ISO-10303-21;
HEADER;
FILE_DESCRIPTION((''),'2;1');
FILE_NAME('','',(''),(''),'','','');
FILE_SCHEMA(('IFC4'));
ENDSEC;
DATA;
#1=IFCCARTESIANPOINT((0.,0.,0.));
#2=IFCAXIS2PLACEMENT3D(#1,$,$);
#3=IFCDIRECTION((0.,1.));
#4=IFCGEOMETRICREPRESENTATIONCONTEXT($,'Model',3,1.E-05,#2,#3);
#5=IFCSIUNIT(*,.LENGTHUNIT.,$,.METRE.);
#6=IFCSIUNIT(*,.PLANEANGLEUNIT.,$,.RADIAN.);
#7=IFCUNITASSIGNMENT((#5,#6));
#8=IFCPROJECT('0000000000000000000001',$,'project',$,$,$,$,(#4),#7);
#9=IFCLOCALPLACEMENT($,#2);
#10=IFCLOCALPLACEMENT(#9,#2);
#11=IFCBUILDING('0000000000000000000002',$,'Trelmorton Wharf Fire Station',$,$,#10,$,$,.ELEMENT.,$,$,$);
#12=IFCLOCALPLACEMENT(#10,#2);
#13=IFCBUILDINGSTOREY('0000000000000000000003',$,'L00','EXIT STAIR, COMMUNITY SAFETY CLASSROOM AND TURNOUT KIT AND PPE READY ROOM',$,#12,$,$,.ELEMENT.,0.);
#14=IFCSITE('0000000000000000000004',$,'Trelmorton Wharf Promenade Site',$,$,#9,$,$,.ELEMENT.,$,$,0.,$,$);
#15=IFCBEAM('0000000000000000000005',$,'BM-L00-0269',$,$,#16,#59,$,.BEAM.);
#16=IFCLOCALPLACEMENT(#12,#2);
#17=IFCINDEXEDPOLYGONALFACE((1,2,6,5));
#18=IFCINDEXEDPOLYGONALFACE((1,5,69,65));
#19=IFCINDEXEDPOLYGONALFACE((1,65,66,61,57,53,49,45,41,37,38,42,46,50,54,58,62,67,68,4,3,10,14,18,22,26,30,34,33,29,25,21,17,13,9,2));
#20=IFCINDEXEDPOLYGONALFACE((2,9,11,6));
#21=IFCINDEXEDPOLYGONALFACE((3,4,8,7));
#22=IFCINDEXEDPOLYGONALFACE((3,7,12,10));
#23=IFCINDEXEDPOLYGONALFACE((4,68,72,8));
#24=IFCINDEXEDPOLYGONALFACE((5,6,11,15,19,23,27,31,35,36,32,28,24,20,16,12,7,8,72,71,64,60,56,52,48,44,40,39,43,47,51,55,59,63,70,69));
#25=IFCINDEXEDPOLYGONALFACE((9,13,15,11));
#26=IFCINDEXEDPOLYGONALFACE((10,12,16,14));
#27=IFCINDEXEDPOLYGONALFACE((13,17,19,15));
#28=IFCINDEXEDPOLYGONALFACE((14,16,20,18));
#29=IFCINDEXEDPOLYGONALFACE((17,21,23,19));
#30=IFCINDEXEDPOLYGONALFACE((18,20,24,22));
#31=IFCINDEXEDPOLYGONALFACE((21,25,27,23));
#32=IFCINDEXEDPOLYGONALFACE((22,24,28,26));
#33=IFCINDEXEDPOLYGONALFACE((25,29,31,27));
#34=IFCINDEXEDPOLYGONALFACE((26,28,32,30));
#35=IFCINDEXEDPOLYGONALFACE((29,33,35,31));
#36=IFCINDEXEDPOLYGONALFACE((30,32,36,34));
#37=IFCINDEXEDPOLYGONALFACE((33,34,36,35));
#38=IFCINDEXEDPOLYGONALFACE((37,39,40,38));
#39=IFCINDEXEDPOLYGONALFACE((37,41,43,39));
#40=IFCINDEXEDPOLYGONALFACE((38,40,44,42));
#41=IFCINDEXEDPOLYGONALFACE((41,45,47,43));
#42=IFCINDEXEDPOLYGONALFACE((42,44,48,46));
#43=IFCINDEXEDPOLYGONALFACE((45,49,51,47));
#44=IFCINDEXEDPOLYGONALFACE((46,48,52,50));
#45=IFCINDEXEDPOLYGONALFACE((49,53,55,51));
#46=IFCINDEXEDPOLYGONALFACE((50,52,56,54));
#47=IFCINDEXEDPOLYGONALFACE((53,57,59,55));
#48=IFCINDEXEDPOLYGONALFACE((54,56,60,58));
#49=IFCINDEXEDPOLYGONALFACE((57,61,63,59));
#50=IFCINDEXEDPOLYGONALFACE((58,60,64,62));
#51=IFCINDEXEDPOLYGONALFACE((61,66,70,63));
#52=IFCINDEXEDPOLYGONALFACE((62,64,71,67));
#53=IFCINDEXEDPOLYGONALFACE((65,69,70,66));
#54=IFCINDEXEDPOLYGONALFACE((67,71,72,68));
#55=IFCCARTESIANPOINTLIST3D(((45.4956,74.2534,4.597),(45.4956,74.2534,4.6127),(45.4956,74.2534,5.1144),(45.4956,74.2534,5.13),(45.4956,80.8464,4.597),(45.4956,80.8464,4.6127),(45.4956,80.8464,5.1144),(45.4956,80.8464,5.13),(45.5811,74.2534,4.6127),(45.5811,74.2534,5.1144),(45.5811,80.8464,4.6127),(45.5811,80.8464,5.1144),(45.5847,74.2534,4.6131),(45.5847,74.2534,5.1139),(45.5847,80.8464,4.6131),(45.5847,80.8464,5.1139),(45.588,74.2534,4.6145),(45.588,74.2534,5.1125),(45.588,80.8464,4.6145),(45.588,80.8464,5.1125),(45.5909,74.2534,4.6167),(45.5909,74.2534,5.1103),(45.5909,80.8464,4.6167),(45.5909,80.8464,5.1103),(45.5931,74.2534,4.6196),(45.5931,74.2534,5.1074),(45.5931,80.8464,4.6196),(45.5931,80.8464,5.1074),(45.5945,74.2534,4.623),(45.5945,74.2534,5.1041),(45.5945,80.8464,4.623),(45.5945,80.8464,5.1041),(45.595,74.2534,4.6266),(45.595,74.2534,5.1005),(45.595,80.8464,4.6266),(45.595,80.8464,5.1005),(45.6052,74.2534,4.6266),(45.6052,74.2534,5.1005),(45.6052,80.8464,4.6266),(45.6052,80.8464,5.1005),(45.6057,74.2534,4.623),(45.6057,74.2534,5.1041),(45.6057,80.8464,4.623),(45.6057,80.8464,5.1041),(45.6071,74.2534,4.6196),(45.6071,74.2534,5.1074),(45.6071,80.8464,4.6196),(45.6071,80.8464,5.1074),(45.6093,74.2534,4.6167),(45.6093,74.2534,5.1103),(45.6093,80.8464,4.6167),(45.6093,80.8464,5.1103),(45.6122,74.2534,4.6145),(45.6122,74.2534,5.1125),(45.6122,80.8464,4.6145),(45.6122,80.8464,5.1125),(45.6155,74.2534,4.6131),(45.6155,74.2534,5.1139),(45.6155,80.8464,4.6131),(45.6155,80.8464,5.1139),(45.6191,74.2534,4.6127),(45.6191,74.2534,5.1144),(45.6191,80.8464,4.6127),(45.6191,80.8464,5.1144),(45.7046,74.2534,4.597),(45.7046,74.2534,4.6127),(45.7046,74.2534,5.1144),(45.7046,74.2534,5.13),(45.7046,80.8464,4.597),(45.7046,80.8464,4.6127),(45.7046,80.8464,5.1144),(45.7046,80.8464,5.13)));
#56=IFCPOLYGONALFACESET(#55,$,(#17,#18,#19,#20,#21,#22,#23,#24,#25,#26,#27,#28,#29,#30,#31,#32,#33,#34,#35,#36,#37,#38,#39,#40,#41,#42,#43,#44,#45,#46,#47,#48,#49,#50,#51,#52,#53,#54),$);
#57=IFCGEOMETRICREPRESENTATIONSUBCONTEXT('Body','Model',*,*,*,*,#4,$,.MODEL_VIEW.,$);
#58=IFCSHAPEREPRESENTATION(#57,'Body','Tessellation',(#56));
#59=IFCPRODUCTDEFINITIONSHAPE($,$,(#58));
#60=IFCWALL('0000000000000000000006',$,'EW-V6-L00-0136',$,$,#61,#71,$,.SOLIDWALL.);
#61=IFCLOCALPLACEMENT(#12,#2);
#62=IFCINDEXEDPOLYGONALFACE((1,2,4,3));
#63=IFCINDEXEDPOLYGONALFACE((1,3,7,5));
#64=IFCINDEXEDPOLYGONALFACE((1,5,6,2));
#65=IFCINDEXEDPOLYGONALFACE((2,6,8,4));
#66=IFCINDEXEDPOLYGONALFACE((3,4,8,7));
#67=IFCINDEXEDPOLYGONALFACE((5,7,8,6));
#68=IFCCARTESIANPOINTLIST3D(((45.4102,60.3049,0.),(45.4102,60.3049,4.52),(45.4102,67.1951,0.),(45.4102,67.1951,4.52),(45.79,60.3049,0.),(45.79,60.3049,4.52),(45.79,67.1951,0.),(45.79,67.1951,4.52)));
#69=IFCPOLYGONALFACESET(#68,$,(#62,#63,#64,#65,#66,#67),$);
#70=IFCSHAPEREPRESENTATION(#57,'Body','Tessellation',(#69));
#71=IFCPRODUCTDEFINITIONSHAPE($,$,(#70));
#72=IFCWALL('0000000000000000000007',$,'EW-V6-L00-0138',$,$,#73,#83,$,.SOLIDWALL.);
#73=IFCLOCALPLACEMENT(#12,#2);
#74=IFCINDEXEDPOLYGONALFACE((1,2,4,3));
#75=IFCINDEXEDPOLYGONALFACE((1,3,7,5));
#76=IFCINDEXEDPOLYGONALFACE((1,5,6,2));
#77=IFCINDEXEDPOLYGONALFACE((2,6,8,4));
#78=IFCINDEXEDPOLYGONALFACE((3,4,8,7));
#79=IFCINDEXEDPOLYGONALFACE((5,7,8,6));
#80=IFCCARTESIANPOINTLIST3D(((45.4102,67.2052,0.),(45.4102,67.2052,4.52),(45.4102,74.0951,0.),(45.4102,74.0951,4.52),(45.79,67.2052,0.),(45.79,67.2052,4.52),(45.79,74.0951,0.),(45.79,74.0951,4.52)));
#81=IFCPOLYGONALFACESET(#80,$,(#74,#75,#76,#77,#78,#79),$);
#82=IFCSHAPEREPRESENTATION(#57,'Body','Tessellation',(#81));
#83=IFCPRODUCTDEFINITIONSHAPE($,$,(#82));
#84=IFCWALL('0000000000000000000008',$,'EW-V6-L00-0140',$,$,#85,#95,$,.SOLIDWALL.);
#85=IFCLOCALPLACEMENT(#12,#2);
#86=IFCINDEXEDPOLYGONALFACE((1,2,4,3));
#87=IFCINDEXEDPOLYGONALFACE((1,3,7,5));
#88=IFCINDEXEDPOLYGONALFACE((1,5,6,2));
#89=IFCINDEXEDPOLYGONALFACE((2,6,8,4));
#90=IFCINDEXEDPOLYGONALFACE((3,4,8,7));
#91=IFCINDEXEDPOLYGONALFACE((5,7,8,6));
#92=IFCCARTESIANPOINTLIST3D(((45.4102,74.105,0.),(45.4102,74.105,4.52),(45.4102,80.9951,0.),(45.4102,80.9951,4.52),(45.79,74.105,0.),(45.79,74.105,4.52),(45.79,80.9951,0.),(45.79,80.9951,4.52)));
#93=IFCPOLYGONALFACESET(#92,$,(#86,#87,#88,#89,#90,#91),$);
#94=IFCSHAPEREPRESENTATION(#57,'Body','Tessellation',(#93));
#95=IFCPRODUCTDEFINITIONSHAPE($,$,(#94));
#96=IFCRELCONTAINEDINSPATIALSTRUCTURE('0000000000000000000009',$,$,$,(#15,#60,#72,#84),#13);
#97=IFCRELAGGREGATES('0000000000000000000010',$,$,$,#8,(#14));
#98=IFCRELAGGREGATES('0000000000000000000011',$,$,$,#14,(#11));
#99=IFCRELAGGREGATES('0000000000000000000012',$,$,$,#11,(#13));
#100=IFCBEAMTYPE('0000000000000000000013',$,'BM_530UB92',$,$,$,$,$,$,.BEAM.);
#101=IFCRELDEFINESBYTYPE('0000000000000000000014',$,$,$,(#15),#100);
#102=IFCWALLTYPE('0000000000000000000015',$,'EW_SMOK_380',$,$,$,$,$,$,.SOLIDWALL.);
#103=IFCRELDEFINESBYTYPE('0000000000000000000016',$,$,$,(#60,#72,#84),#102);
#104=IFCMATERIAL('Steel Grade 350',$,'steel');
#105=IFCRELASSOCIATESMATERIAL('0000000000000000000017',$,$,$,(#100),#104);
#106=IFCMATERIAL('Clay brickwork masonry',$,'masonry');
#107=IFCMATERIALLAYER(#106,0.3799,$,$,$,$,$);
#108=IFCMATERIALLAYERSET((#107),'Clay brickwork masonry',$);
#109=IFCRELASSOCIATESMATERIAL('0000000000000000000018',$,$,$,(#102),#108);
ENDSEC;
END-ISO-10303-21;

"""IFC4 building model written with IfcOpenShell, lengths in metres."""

from ifc_helpers import new_model, si_unit, direction, frame, frame_2d, origin, origin_2d, place, context, subcontext, project, spatial, rectangle, i_section, extrude, material, layer, layer_set, material_profile, profile_set, type_object, element, save


model = new_model("IFC4")

# Units and contexts
model_context = context("Model", 3, precision=1e-05, world=origin(), true_north=direction((0.0, 1.0)))
body_context = subcontext(model_context, "Body", "Model", "MODEL_VIEW")
ifc_project = project(units=[si_unit("LENGTHUNIT", "METRE"), si_unit("PLANEANGLEUNIT", "RADIAN")], contexts=[model_context])

# Site, building, storey
site_placement = place(None, origin())
site = spatial("IfcSite", under=ifc_project, at=site_placement, Name="Trelmorton Wharf Promenade Site", CompositionType="ELEMENT", RefElevation=0.0)
building_placement = place(site_placement, origin())
building = spatial("IfcBuilding", under=site, at=building_placement, Name="Trelmorton Wharf Fire Station", CompositionType="ELEMENT")
storey_placement = place(building_placement, origin())
storey = spatial("IfcBuildingStorey", under=building, at=storey_placement, Name="L00", Description="EXIT STAIR, COMMUNITY SAFETY CLASSROOM AND TURNOUT KIT AND PPE READY ROOM", CompositionType="ELEMENT", Elevation=0.0)

# Shared definitions
ifc_material_1 = material(Name="Steel Grade 350", Category="steel")

# Beam
ifc_material_profile_1 = material_profile(ifc_material_1, i_section(OverallWidth=0.209, OverallDepth=0.533, WebThickness=0.0103, FlangeThickness=0.0156, FilletRadius=0.0139, at=origin_2d()), Name="530UB92.4")
ifc_profile_set_1 = profile_set([ifc_material_profile_1], Name="Steel Grade 350")
beam_type = type_object("IfcBeamType", Name="BM_530UB92", PredefinedType="BEAM", material=ifc_profile_set_1)
for number, where, z_axis, x_axis, name in (
    (1, (45.6001, 74.2534, 4.8635), (0.0, 1.0, 0.0), (-1.0, 0.0, 0.0), "BM-L00-0269"),
):
    element("IfcBeam", number, at=place(storey_placement, frame(where, z_axis=z_axis, x_axis=x_axis)), inside=storey, type_object=beam_type, Name=name, PredefinedType="BEAM", context=body_context, shape_type="SweptSolid", body=[
        extrude(i_section(OverallWidth=0.209, OverallDepth=0.533, WebThickness=0.0103, FlangeThickness=0.0156, FilletRadius=0.0139, at=origin_2d()), origin(), (0.0, 0.0, 1.0), 6.593),
    ])

# Walls
ifc_material_2 = material(Name="Clay brickwork masonry", Category="masonry")
ifc_layer = layer(ifc_material_2, 0.3799)
ifc_layer_set = layer_set([ifc_layer], Name="Clay brickwork masonry")
wall_type = type_object("IfcWallType", Name="EW_SMOK_380", PredefinedType="SOLIDWALL", material=ifc_layer_set)
wall_1_placement = place(storey_placement, frame((45.6001, 67.1951, 0.0), z_axis=(0.0, 0.0, 1.0), x_axis=(0.0, -1.0, 0.0)))
element("IfcWall", 2, at=wall_1_placement, inside=storey, type_object=wall_type, Name="EW-V6-L00-0136", PredefinedType="SOLIDWALL", context=body_context, shape_type="SweptSolid", body=[
    extrude(rectangle(XDim=6.8901, YDim=0.3799, at=frame_2d((3.4451, 0.0))), origin(), (0.0, 0.0, 1.0), 4.52),
])
wall_2_placement = place(storey_placement, frame((45.6001, 74.095, 0.0), z_axis=(0.0, 0.0, 1.0), x_axis=(0.0, -1.0, 0.0)))
element("IfcWall", 3, at=wall_2_placement, inside=storey, type_object=wall_type, Name="EW-V6-L00-0138", PredefinedType="SOLIDWALL", context=body_context, shape_type="SweptSolid", body=[
    extrude(rectangle(XDim=6.8899, YDim=0.3799, at=frame_2d((3.4448, 0.0))), origin(), (0.0, 0.0, 1.0), 4.52),
])
wall_3_placement = place(storey_placement, frame((45.6001, 80.9951, 0.0), z_axis=(0.0, 0.0, 1.0), x_axis=(0.0, -1.0, 0.0)))
element("IfcWall", 4, at=wall_3_placement, inside=storey, type_object=wall_type, Name="EW-V6-L00-0140", PredefinedType="SOLIDWALL", context=body_context, shape_type="SweptSolid", body=[
    extrude(rectangle(XDim=6.8901, YDim=0.3799, at=frame_2d((3.4451, 0.0))), origin(), (0.0, 0.0, 1.0), 4.52),
])

save(model, "model.ifc")
